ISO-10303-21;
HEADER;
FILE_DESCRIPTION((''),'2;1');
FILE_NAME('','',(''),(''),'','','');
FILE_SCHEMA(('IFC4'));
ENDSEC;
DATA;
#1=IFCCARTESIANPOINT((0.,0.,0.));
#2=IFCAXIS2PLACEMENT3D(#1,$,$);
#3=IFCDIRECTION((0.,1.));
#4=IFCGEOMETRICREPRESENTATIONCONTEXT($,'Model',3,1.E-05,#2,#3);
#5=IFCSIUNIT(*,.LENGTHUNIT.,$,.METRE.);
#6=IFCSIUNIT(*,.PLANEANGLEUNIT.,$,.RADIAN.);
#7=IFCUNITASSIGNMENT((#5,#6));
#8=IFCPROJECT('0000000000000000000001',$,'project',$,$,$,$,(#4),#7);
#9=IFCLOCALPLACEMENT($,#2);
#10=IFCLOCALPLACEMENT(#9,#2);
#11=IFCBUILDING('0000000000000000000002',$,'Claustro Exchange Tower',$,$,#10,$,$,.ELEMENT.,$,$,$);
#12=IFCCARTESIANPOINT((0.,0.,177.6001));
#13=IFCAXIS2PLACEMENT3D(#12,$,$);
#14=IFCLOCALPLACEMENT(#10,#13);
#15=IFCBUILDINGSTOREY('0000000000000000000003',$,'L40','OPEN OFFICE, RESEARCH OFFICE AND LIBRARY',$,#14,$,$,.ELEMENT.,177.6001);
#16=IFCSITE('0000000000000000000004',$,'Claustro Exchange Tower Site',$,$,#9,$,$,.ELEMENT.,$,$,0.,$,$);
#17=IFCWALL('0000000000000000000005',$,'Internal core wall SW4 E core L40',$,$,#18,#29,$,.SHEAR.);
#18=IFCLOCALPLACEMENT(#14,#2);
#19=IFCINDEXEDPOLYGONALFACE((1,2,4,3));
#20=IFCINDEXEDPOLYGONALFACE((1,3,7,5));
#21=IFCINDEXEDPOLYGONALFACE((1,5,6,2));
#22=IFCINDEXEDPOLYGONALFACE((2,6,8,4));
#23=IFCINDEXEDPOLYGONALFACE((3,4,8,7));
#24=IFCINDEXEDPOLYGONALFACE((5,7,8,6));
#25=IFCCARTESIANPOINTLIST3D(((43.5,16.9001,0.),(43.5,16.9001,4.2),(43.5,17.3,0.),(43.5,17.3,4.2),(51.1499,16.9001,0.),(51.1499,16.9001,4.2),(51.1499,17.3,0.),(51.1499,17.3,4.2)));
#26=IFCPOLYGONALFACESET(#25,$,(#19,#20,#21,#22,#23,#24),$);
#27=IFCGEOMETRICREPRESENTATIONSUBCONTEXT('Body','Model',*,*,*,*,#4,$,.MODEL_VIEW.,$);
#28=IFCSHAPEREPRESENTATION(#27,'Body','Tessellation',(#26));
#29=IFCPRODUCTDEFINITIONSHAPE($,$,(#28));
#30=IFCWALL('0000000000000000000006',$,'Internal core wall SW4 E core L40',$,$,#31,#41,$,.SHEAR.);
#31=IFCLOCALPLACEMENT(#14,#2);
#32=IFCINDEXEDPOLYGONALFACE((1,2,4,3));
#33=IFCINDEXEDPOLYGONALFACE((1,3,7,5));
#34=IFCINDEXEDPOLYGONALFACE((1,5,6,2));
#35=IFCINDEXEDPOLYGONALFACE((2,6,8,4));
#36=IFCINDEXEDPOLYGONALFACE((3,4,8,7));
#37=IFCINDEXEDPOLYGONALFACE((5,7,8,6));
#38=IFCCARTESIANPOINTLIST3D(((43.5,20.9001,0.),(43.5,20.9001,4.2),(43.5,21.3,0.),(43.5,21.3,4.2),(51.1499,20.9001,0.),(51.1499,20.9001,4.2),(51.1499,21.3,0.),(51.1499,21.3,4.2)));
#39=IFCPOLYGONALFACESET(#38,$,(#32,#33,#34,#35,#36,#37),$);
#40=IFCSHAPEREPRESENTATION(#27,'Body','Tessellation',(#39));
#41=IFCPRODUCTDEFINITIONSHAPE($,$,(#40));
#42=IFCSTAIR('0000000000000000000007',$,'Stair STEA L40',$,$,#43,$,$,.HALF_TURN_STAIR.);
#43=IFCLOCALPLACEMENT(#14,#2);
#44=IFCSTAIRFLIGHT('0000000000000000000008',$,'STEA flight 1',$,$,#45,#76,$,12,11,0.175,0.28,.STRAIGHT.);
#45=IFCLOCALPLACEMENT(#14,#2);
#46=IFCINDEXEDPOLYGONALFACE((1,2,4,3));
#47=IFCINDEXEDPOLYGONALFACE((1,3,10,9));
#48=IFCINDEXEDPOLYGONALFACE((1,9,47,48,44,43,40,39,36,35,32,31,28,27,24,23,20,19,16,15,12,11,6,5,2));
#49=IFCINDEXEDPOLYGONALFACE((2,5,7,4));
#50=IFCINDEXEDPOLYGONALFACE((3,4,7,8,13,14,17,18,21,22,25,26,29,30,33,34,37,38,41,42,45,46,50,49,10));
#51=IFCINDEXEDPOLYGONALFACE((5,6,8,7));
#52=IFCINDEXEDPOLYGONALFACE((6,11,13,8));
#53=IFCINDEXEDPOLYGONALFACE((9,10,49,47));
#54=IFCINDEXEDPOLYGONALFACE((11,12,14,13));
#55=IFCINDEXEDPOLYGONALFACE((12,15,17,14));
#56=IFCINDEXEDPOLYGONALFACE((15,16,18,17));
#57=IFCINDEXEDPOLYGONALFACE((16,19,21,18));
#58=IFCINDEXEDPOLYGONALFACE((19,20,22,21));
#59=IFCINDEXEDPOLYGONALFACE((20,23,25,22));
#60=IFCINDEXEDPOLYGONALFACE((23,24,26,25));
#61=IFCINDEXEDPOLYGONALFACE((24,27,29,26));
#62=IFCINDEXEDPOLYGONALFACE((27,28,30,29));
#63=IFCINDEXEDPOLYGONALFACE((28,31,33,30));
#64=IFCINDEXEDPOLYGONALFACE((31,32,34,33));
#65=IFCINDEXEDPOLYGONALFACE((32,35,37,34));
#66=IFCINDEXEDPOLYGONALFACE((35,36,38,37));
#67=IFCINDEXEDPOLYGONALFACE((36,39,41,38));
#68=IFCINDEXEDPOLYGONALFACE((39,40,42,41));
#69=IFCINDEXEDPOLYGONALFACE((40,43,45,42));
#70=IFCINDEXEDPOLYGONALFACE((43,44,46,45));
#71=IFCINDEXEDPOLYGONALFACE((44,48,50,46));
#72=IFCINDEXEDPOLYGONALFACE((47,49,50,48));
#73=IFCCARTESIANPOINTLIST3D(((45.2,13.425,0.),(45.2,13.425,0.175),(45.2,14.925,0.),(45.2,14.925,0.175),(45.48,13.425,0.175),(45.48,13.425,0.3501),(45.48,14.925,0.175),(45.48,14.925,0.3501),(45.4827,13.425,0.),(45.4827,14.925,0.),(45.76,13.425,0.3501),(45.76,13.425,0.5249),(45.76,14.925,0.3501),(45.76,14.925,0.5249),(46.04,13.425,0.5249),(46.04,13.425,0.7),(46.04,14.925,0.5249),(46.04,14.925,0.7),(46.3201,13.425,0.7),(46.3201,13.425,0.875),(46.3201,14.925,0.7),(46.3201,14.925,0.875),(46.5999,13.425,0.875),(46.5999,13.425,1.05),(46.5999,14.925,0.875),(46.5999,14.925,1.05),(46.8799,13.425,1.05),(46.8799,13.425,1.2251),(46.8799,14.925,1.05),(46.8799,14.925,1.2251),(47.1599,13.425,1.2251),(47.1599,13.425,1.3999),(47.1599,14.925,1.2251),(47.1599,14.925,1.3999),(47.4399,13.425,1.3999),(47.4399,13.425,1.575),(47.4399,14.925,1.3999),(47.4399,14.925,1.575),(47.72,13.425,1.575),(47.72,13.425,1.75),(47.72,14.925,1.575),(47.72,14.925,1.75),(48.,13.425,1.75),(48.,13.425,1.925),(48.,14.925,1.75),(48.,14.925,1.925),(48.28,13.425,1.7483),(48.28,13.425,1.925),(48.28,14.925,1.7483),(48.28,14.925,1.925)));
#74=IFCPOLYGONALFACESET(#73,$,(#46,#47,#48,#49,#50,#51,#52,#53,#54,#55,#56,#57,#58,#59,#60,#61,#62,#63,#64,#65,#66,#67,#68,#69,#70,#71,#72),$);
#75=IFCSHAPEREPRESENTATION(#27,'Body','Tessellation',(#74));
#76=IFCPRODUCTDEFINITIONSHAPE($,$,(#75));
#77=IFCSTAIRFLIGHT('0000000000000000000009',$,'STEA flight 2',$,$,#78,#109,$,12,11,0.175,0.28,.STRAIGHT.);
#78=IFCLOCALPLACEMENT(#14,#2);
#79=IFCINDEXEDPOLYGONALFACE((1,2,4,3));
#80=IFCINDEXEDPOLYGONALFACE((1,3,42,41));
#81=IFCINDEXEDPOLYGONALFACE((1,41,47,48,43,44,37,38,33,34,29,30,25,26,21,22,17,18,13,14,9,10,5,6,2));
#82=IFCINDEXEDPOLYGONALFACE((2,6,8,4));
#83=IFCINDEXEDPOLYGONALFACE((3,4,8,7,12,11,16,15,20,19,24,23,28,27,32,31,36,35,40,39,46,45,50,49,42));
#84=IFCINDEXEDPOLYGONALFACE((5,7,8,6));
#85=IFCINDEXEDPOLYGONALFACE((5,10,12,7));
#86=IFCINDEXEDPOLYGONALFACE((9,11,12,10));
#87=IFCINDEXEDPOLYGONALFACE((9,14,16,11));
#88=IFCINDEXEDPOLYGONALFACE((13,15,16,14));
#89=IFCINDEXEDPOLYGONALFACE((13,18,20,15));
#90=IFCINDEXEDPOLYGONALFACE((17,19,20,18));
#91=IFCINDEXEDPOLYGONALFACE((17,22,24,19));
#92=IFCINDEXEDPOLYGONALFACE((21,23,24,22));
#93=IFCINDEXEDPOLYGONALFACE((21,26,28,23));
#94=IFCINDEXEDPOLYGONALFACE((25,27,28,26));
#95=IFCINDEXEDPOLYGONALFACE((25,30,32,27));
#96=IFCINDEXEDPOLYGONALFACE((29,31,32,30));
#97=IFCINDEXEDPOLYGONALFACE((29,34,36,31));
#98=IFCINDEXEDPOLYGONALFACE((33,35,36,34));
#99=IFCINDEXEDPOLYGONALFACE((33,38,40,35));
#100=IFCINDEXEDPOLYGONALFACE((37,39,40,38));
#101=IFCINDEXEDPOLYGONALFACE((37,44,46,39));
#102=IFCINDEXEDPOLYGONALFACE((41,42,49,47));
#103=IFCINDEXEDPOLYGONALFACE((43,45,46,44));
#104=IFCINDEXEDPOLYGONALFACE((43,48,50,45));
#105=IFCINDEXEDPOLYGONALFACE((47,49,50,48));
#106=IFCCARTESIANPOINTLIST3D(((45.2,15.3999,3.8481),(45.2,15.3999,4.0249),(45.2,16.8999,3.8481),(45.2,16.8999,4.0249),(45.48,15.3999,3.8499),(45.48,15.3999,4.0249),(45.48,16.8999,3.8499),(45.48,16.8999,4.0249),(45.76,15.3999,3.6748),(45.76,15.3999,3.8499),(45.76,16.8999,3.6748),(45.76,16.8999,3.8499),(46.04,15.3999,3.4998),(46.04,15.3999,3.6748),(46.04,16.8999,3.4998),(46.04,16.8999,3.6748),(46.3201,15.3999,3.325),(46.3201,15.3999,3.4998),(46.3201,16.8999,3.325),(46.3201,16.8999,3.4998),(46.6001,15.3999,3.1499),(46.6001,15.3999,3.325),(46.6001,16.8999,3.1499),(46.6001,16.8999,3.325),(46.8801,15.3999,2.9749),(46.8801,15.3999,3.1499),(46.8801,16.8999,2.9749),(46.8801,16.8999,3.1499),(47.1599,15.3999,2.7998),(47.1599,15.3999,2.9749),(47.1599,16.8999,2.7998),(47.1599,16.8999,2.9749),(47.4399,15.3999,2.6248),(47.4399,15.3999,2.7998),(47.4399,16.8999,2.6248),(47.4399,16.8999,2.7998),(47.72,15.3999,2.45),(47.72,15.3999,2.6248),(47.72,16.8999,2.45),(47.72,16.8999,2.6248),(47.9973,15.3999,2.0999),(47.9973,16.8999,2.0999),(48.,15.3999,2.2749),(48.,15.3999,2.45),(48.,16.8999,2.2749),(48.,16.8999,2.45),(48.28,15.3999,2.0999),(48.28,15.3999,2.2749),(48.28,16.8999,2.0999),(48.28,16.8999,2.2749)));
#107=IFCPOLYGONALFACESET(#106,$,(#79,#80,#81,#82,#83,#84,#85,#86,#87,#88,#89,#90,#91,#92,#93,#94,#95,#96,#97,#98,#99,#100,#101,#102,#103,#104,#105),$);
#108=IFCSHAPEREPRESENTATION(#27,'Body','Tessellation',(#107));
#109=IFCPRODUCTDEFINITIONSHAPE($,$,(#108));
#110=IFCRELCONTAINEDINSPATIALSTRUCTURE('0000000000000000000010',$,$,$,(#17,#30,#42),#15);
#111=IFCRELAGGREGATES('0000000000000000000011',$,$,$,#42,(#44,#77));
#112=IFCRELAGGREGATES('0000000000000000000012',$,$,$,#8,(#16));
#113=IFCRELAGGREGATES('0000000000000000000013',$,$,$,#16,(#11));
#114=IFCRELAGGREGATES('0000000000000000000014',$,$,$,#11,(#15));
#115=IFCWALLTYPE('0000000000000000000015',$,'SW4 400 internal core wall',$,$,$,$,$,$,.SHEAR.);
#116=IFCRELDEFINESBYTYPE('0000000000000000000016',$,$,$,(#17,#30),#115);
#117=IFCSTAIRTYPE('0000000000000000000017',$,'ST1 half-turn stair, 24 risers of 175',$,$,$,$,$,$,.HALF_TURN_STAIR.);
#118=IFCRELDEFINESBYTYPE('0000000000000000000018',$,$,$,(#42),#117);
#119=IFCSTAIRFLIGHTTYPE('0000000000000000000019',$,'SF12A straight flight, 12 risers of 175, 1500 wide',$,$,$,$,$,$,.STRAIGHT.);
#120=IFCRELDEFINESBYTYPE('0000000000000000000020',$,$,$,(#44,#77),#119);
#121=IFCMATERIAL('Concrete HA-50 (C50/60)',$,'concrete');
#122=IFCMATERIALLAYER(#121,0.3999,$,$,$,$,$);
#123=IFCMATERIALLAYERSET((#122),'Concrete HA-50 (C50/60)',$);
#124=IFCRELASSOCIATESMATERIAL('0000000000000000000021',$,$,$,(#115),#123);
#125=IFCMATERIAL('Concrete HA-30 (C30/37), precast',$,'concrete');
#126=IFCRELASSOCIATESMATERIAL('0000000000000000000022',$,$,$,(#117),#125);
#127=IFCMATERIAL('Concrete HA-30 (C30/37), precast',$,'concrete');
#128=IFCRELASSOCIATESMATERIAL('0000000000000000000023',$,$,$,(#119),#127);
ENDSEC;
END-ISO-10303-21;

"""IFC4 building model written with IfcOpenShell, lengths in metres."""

from ifc_helpers import new_model, si_unit, direction, frame, frame_2d, origin, place, context, subcontext, project, spatial, polyline, rectangle, outline, extrude, material, layer, layer_set, type_object, element, aggregate, save


model = new_model("IFC4")

# Units and contexts
model_context = context("Model", 3, precision=1e-05, world=origin(), true_north=direction((0.0, 1.0)))
body_context = subcontext(model_context, "Body", "Model", "MODEL_VIEW")
ifc_project = project(units=[si_unit("LENGTHUNIT", "METRE"), si_unit("PLANEANGLEUNIT", "RADIAN")], contexts=[model_context])

# Site, building, storey
site_placement = place(None, origin())
site = spatial("IfcSite", under=ifc_project, at=site_placement, Name="Claustro Exchange Tower Site", CompositionType="ELEMENT", RefElevation=0.0)
building_placement = place(site_placement, origin())
building = spatial("IfcBuilding", under=site, at=building_placement, Name="Claustro Exchange Tower", CompositionType="ELEMENT")
storey_placement = place(building_placement, frame((0.0, 0.0, 177.6001)))
storey = spatial("IfcBuildingStorey", under=building, at=storey_placement, Name="L40", Description="OPEN OFFICE, RESEARCH OFFICE AND LIBRARY", CompositionType="ELEMENT", Elevation=177.6001)

# Shared definitions
ifc_material_1 = material(Name="Concrete HA-50 (C50/60)", Category="concrete")
ifc_layer_1 = layer(ifc_material_1, 0.3999)
ifc_layer_set_1 = layer_set([ifc_layer_1], Name="Concrete HA-50 (C50/60)")
wall_type_1 = type_object("IfcWallType", Name="SW4 400 internal core wall", PredefinedType="SHEAR", material=ifc_layer_set_1)

# Walls
for number, where, z_axis, x_axis, name in (
    (1, (51.1499, 17.1001, 0.0), (0.0, 0.0, 1.0), (-1.0, 0.0, 0.0), "Internal core wall SW4 E core L40"),
    (2, (51.1499, 21.1001, 0.0), (0.0, 0.0, 1.0), (-1.0, 0.0, 0.0), "Internal core wall SW4 E core L40"),
):
    element("IfcWall", number, at=place(storey_placement, frame(where, z_axis=z_axis, x_axis=x_axis)), inside=storey, type_object=wall_type_1, Name=name, PredefinedType="SHEAR", context=body_context, shape_type="SweptSolid", body=[
        extrude(rectangle(XDim=7.6499, YDim=0.3999, at=frame_2d((3.825, 0.0))), origin(), (0.0, 0.0, 1.0), 4.2),
    ])

# Stair, stair flights
ifc_material_2 = material(Name="Concrete HA-30 (C30/37), precast", Category="concrete")
stair_type = type_object("IfcStairType", Name="ST1 half-turn stair, 24 risers of 175", PredefinedType="HALF_TURN_STAIR", material=ifc_material_2)
stair_placement = place(storey_placement, origin())
stair = element("IfcStair", 3, at=stair_placement, inside=storey, type_object=stair_type, Name="Stair STEA L40", PredefinedType="HALF_TURN_STAIR")
ifc_material_3 = material(Name="Concrete HA-30 (C30/37), precast", Category="concrete")
stair_flight_type = type_object("IfcStairFlightType", Name="SF12A straight flight, 12 risers of 175, 1500 wide", PredefinedType="STRAIGHT", material=ifc_material_3)
stair_flight_1_placement = place(storey_placement, frame((45.2, 14.175, 0.0), z_axis=(0.0, 0.0, 1.0), x_axis=(1.0, 0.0, 0.0)))
stair_flight_1 = element("IfcStairFlight", 4, at=stair_flight_1_placement, type_object=stair_flight_type, Name="STEA flight 1", NumberOfRisers=12, NumberOfTreads=11, PredefinedType="STRAIGHT", RiserHeight=0.175, TreadLength=0.28, context=body_context, shape_type="SweptSolid", body=[
    extrude(outline(polyline([(0.0, 0.0), (0.0, 0.175), (0.28, 0.175), (0.28, 0.3501), (0.5601, 0.3501), (0.5601, 0.5249), (0.8401, 0.5249), (0.8401, 0.7), (1.1201, 0.7), (1.1201, 0.875), (1.3999, 0.875), (1.3999, 1.05), (1.6799, 1.05), (1.6799, 1.2251), (1.96, 1.2251), (1.96, 1.3999), (2.24, 1.3999), (2.24, 1.575), (2.52, 1.575), (2.52, 1.75), (2.8, 1.75), (2.8, 1.925), (3.0801, 1.925), (3.0801, 2.1001), (3.0801, 1.7483), (0.2827, 0.0), (0.0, 0.0)])), frame((0.0, 0.75, 0.0), z_axis=(0.0, -1.0, 0.0), x_axis=(1.0, 0.0, 0.0)), (0.0, 0.0, 1.0), 1.5),
])
stair_flight_2_placement = place(storey_placement, frame((48.28, 16.1499, 2.0999), z_axis=(0.0, 0.0, 1.0), x_axis=(-1.0, 0.0, 0.0)))
stair_flight_2 = element("IfcStairFlight", 5, at=stair_flight_2_placement, type_object=stair_flight_type, Name="STEA flight 2", NumberOfRisers=12, NumberOfTreads=11, PredefinedType="STRAIGHT", RiserHeight=0.175, TreadLength=0.28, context=body_context, shape_type="SweptSolid", body=[
    extrude(outline(polyline([(0.0, 0.0), (0.0, 0.175), (0.28, 0.175), (0.28, 0.3501), (0.5601, 0.3501), (0.5601, 0.5249), (0.8401, 0.5249), (0.8401, 0.7), (1.1201, 0.7), (1.1201, 0.875), (1.3999, 0.875), (1.3999, 1.05), (1.6799, 1.05), (1.6799, 1.2251), (1.96, 1.2251), (1.96, 1.3999), (2.24, 1.3999), (2.24, 1.575), (2.52, 1.575), (2.52, 1.75), (2.8, 1.75), (2.8, 1.925), (3.0801, 1.925), (3.0801, 2.1001), (3.0801, 1.7483), (0.2827, 0.0), (0.0, 0.0)])), frame((0.0, 0.75, 0.0), z_axis=(0.0, -1.0, 0.0), x_axis=(1.0, 0.0, 0.0)), (0.0, 0.0, 1.0), 1.5),
])
aggregate(stair, [stair_flight_1, stair_flight_2])

save(model, "model.ifc")
